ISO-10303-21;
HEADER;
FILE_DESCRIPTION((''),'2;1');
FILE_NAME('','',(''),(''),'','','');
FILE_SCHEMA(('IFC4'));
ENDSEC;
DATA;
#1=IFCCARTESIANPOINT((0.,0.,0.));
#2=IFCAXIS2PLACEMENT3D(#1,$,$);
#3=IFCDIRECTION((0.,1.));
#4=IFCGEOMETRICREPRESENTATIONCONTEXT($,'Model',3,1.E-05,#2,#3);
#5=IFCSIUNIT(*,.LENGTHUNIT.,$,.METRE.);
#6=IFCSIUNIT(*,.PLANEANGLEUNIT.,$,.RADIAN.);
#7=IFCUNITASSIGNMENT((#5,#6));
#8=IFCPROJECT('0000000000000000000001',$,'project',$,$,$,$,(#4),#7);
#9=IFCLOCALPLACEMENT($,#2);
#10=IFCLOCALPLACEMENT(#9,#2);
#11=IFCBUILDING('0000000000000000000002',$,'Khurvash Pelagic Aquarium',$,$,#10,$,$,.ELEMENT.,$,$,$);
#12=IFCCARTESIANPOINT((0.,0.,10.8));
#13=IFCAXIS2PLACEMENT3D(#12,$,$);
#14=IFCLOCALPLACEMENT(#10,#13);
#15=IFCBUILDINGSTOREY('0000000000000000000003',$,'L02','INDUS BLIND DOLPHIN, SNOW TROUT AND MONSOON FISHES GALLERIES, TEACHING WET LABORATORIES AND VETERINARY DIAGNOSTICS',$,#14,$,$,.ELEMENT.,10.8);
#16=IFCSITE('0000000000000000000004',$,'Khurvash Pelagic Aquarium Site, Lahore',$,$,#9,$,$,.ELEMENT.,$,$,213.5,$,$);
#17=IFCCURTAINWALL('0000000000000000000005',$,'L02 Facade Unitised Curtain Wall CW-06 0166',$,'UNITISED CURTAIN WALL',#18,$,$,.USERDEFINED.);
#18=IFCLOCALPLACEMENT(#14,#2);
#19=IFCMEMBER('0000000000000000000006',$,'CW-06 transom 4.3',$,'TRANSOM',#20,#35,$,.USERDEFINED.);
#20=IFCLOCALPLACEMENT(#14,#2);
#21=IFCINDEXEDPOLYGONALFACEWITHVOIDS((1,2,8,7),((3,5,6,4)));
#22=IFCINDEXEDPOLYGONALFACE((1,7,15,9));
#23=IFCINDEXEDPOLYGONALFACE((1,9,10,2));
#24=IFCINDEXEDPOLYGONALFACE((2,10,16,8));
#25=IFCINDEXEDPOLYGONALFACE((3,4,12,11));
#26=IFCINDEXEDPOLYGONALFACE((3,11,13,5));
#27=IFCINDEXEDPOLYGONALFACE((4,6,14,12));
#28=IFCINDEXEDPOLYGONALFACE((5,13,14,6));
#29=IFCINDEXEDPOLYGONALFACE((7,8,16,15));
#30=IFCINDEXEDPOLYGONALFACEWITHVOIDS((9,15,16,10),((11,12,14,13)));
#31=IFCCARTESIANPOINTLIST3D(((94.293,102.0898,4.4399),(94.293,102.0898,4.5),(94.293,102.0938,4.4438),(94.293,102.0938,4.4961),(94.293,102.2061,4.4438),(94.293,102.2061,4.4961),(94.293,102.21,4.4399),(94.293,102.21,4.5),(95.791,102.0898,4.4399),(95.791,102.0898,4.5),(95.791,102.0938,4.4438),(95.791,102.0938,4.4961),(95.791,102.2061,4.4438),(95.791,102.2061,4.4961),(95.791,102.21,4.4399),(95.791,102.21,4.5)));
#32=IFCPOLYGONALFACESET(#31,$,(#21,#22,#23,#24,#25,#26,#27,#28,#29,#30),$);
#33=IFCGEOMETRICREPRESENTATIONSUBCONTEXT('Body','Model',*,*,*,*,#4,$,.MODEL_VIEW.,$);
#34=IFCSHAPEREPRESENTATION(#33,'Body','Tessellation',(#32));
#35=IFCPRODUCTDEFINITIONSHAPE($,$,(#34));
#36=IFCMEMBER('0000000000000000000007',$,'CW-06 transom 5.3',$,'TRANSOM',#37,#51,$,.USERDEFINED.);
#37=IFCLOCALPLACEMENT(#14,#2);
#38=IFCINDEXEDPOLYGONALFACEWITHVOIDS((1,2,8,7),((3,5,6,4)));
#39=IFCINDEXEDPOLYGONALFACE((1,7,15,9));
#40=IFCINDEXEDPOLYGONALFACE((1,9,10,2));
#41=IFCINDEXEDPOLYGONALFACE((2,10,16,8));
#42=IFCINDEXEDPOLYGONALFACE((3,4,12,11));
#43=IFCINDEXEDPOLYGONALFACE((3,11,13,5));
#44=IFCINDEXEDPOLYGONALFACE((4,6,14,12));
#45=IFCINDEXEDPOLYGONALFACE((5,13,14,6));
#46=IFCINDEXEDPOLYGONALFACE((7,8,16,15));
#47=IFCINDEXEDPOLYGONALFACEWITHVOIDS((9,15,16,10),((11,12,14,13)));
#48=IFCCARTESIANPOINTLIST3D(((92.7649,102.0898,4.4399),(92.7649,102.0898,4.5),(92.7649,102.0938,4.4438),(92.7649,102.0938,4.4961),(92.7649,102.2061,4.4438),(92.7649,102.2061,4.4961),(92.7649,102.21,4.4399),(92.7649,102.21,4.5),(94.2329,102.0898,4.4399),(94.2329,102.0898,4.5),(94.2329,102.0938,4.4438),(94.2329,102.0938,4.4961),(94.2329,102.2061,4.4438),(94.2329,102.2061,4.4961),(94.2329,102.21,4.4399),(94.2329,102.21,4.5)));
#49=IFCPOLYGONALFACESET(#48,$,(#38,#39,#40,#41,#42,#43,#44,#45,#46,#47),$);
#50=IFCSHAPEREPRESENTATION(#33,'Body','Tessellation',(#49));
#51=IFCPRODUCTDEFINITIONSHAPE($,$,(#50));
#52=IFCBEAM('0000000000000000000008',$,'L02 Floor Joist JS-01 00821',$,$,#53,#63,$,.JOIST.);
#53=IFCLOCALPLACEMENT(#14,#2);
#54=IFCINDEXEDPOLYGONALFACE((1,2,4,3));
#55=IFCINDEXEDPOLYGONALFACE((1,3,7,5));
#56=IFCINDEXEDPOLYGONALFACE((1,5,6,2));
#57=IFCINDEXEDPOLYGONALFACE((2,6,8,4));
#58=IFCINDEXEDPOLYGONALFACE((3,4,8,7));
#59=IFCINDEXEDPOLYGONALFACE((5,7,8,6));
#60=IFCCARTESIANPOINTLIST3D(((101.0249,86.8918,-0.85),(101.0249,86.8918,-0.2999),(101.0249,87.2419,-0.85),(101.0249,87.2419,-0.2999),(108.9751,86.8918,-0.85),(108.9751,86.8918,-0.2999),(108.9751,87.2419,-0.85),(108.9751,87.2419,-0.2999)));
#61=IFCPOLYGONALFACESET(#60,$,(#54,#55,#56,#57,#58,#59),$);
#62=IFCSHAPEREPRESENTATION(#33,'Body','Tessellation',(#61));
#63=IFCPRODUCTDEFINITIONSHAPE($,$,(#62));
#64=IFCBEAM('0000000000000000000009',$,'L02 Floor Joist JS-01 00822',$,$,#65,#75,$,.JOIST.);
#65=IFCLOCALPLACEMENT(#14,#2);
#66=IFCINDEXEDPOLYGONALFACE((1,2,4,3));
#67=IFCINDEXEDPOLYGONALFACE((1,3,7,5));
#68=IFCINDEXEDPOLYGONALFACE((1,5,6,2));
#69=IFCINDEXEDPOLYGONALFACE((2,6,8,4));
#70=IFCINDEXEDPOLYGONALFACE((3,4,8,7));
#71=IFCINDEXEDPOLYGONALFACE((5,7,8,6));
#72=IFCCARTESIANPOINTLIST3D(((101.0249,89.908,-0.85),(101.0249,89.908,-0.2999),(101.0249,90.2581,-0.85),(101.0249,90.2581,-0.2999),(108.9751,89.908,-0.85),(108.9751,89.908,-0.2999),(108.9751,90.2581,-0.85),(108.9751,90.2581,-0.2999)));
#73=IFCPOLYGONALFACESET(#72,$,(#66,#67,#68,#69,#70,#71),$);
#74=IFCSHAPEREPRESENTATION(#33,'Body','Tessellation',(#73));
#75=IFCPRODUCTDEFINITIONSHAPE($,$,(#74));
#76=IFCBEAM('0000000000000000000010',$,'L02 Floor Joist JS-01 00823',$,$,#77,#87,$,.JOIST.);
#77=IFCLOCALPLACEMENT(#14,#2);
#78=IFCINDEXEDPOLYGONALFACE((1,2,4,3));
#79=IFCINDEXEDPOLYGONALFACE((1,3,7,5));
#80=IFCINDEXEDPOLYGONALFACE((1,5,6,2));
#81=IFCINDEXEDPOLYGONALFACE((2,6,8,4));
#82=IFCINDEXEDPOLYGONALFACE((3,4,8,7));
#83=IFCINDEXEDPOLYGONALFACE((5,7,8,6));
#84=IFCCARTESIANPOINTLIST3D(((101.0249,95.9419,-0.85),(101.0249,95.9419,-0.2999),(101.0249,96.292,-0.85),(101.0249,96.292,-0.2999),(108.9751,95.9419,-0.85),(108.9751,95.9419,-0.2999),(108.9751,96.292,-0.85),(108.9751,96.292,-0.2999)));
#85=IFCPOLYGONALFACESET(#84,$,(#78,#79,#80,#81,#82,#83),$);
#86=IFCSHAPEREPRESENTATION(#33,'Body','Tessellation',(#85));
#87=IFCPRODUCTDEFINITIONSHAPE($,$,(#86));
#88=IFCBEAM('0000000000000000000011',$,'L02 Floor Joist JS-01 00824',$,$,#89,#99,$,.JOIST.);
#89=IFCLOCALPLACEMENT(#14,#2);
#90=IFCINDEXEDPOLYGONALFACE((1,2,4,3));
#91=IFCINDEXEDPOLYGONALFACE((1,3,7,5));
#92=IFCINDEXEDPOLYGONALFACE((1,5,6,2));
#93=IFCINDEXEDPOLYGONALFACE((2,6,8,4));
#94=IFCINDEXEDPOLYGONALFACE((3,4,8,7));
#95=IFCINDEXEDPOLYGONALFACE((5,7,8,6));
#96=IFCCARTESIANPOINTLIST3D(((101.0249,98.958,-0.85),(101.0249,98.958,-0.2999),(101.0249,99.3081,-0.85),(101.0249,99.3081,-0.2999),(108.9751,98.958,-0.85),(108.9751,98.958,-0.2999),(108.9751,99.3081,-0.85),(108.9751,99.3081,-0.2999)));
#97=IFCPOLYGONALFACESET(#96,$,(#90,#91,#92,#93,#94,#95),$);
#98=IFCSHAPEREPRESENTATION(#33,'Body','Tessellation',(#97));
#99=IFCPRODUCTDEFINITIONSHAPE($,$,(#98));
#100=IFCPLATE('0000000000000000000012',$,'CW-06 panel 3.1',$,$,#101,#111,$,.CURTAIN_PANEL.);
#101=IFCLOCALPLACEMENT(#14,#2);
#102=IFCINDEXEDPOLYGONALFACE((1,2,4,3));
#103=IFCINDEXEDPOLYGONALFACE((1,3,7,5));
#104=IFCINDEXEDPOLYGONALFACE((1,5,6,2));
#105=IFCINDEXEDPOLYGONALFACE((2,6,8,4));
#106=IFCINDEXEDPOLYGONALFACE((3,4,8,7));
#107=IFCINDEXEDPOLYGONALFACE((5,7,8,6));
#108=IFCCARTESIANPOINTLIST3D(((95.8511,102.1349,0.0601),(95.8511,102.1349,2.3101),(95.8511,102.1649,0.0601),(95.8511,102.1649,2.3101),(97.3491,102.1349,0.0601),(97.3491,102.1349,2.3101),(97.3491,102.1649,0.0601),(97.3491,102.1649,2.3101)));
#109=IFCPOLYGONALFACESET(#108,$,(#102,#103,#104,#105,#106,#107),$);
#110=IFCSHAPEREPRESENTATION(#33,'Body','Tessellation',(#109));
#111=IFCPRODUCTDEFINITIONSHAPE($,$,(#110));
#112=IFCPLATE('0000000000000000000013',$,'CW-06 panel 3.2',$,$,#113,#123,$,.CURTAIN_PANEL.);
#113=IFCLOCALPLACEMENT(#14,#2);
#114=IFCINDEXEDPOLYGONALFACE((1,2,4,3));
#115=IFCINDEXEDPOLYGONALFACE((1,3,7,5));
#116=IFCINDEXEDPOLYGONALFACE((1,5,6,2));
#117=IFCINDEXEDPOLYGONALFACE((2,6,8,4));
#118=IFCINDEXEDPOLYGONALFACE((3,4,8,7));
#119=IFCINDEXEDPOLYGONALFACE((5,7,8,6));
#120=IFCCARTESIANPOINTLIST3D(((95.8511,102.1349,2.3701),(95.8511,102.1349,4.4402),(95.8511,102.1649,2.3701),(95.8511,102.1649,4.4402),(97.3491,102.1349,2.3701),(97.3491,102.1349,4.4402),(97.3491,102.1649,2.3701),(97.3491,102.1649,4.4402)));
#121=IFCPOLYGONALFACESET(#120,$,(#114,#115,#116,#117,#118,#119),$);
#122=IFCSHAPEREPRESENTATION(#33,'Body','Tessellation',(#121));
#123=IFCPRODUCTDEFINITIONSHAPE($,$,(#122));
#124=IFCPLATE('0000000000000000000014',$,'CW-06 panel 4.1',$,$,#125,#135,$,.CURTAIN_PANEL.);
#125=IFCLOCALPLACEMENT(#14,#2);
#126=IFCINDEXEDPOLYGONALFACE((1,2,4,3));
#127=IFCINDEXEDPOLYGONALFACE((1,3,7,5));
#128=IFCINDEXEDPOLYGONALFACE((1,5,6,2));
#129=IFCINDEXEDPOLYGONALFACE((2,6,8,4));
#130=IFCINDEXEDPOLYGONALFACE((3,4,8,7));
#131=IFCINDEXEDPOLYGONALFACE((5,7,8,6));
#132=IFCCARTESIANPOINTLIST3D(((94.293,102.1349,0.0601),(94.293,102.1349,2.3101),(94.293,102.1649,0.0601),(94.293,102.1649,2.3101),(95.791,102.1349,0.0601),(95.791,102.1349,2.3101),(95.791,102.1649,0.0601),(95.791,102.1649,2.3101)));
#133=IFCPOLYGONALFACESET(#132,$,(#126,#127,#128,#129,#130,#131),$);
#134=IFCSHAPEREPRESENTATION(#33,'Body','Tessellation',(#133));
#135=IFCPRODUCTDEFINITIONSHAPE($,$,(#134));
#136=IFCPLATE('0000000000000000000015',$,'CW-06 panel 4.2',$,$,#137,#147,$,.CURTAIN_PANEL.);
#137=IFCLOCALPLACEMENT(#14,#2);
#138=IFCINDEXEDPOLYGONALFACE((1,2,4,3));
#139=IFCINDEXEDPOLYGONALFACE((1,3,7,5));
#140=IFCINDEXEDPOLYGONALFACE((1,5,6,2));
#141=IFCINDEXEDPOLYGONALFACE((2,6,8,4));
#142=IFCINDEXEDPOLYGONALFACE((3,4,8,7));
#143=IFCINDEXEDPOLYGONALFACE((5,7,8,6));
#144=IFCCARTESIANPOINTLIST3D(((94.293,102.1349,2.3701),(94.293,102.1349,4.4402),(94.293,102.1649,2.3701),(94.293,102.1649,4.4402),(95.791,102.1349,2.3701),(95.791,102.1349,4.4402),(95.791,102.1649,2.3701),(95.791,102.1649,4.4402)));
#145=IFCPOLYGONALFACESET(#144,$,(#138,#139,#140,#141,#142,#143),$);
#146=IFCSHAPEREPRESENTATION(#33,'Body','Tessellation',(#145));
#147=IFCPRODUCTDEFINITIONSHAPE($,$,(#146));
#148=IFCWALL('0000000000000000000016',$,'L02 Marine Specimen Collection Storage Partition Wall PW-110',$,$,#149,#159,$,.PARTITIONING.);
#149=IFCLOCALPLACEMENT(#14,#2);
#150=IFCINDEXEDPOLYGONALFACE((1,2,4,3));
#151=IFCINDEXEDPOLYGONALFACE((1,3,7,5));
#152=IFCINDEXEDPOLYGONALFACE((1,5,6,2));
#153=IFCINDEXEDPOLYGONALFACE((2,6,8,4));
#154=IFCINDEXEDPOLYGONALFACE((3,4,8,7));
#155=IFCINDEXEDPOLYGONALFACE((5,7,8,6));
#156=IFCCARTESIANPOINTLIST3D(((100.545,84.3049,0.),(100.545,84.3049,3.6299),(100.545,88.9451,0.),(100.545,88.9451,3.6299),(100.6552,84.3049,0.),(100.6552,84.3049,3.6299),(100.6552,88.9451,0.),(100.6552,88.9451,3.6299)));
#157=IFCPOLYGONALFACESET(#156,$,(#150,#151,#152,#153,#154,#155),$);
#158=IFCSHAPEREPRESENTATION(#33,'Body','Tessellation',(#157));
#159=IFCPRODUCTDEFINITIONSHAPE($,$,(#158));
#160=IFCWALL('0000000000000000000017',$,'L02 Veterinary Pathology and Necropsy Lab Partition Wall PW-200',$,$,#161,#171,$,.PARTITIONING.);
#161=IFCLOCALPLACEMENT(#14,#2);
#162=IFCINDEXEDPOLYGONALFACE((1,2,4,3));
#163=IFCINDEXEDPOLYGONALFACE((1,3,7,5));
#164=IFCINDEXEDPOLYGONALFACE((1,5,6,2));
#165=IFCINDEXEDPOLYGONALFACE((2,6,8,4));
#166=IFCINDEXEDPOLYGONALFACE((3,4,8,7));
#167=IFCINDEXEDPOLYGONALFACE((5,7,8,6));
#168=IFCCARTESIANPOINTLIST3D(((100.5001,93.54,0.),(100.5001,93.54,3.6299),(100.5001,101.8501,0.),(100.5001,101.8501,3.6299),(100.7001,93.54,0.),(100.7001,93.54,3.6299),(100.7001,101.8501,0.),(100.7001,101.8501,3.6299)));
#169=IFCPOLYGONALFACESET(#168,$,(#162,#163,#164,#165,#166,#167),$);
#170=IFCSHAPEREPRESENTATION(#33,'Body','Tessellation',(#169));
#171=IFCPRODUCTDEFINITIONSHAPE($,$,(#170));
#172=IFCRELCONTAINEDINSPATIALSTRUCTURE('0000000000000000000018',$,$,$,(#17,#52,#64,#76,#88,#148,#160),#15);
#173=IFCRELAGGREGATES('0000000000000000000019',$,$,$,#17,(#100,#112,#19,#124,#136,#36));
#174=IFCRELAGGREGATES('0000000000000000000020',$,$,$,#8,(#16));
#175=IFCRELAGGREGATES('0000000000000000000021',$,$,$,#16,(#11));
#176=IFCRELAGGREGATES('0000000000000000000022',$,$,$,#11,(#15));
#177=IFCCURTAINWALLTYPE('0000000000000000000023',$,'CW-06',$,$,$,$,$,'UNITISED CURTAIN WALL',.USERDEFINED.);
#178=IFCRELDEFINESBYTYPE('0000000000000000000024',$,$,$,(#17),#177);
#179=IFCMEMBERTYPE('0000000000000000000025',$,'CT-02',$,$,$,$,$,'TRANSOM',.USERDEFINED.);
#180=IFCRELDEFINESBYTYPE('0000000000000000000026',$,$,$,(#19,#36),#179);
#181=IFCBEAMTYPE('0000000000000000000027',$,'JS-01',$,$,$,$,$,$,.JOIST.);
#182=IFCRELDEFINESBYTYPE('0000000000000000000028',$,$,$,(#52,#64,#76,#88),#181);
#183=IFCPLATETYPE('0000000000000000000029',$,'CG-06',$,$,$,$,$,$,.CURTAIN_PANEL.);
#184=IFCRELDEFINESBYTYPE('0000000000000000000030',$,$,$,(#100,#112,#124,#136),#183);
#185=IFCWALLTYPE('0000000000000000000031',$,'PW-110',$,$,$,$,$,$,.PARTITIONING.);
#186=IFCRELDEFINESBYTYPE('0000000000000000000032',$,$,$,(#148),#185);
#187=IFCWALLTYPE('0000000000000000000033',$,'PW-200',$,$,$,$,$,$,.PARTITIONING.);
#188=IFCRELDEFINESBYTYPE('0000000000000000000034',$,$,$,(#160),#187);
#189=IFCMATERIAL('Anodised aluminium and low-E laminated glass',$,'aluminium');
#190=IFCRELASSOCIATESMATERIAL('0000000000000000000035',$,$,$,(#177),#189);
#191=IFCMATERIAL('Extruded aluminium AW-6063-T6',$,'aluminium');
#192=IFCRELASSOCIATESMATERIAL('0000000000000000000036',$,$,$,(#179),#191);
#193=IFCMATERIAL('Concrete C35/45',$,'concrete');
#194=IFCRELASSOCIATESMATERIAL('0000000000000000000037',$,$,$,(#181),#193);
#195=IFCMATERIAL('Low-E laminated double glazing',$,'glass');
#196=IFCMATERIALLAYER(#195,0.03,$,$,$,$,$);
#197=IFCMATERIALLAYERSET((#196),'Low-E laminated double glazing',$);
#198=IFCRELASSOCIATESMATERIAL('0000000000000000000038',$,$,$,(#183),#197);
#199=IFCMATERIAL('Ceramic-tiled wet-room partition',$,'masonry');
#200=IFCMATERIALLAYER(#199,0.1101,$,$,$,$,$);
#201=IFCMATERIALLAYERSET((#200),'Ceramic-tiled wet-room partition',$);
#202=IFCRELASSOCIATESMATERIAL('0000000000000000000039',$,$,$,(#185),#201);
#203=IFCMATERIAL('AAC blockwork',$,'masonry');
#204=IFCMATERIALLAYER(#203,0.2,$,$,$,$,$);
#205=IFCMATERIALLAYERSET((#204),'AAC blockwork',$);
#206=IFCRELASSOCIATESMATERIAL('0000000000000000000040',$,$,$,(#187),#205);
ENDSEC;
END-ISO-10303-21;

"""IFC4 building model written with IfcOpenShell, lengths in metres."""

from ifc_helpers import new_model, si_unit, direction, frame, frame_2d, origin, origin_2d, place, context, subcontext, project, spatial, rectangle, hollow_rectangle, extrude, material, layer, layer_set, material_profile, profile_set, type_object, element, aggregate, save


model = new_model("IFC4")

# Units and contexts
model_context = context("Model", 3, precision=1e-05, world=origin(), true_north=direction((0.0, 1.0)))
body_context = subcontext(model_context, "Body", "Model", "MODEL_VIEW")
ifc_project = project(units=[si_unit("LENGTHUNIT", "METRE"), si_unit("PLANEANGLEUNIT", "RADIAN")], contexts=[model_context])

# Site, building, storey
site_placement = place(None, origin())
site = spatial("IfcSite", under=ifc_project, at=site_placement, Name="Khurvash Pelagic Aquarium Site, Lahore", CompositionType="ELEMENT", RefElevation=213.5)
building_placement = place(site_placement, origin())
building = spatial("IfcBuilding", under=site, at=building_placement, Name="Khurvash Pelagic Aquarium", CompositionType="ELEMENT")
storey_placement = place(building_placement, frame((0.0, 0.0, 10.8)))
storey = spatial("IfcBuildingStorey", under=building, at=storey_placement, Name="L02", Description="INDUS BLIND DOLPHIN, SNOW TROUT AND MONSOON FISHES GALLERIES, TEACHING WET LABORATORIES AND VETERINARY DIAGNOSTICS", CompositionType="ELEMENT", Elevation=10.8)

# Shared definitions
ifc_material_1 = material(Name="Concrete C35/45", Category="concrete")

# Curtain wall, members
ifc_material_2 = material(Name="Anodised aluminium and low-E laminated glass", Category="aluminium")
curtain_wall_type = type_object("IfcCurtainWallType", Name="CW-06", ElementType="UNITISED CURTAIN WALL", PredefinedType="USERDEFINED", material=ifc_material_2)
curtain_wall_placement = place(storey_placement, origin())
curtain_wall = element("IfcCurtainWall", 1, at=curtain_wall_placement, inside=storey, type_object=curtain_wall_type, Name="L02 Facade Unitised Curtain Wall CW-06 0166", ObjectType="UNITISED CURTAIN WALL", PredefinedType="USERDEFINED")
ifc_material_3 = material(Name="Extruded aluminium AW-6063-T6", Category="aluminium")
ifc_material_profile_1 = material_profile(ifc_material_3, hollow_rectangle(XDim=0.1201, YDim=0.0601, WallThickness=0.0039, at=origin_2d()), Name="CWT120X60X4")
ifc_profile_set_1 = profile_set([ifc_material_profile_1], Name="Extruded aluminium AW-6063-T6")
member_type_1 = type_object("IfcMemberType", Name="CT-02", ElementType="TRANSOM", PredefinedType="USERDEFINED", material=ifc_profile_set_1)
member_1_placement = place(storey_placement, frame((95.791, 102.1499, 4.47), z_axis=(-1.0, 0.0, 0.0), x_axis=(0.0, -1.0, 0.0)))
member_1 = element("IfcMember", 2, at=member_1_placement, type_object=member_type_1, Name="CW-06 transom 4.3", ObjectType="TRANSOM", PredefinedType="USERDEFINED", context=body_context, shape_type="SweptSolid", body=[
    extrude(hollow_rectangle(XDim=0.1201, YDim=0.0601, WallThickness=0.0039, at=origin_2d()), origin(), (0.0, 0.0, 1.0), 1.498),
])
member_2_placement = place(storey_placement, frame((94.2329, 102.1499, 4.47), z_axis=(-1.0, 0.0, 0.0), x_axis=(0.0, -1.0, 0.0)))
member_2 = element("IfcMember", 3, at=member_2_placement, type_object=member_type_1, Name="CW-06 transom 5.3", ObjectType="TRANSOM", PredefinedType="USERDEFINED", context=body_context, shape_type="SweptSolid", body=[
    extrude(hollow_rectangle(XDim=0.1201, YDim=0.0601, WallThickness=0.0039, at=origin_2d()), origin(), (0.0, 0.0, 1.0), 1.468),
])

# Beams
ifc_material_profile_2 = material_profile(ifc_material_1, rectangle(XDim=0.3501, YDim=0.55, at=origin_2d()), Name="RC350X550")
ifc_profile_set_2 = profile_set([ifc_material_profile_2], Name="Concrete C35/45")
beam_type_1 = type_object("IfcBeamType", Name="JS-01", PredefinedType="JOIST", material=ifc_profile_set_2)
for number, where, z_axis, x_axis, name in (
    (4, (101.0249, 87.0669, -0.575), (1.0, 0.0, 0.0), (0.0, 1.0, 0.0), "L02 Floor Joist JS-01 00821"),
    (5, (101.0249, 90.083, -0.575), (1.0, 0.0, 0.0), (0.0, 1.0, 0.0), "L02 Floor Joist JS-01 00822"),
    (6, (101.0249, 96.1169, -0.575), (1.0, 0.0, 0.0), (0.0, 1.0, 0.0), "L02 Floor Joist JS-01 00823"),
    (7, (101.0249, 99.1331, -0.575), (1.0, 0.0, 0.0), (0.0, 1.0, 0.0), "L02 Floor Joist JS-01 00824"),
):
    element("IfcBeam", number, at=place(storey_placement, frame(where, z_axis=z_axis, x_axis=x_axis)), inside=storey, type_object=beam_type_1, Name=name, PredefinedType="JOIST", context=body_context, shape_type="SweptSolid", body=[
        extrude(rectangle(XDim=0.3501, YDim=0.55, at=origin_2d()), origin(), (0.0, 0.0, 1.0), 7.9502),
    ])

# Plates
ifc_material_4 = material(Name="Low-E laminated double glazing", Category="glass")
ifc_layer_1 = layer(ifc_material_4, 0.03)
ifc_layer_set_1 = layer_set([ifc_layer_1], Name="Low-E laminated double glazing")
plate_type = type_object("IfcPlateType", Name="CG-06", PredefinedType="CURTAIN_PANEL", material=ifc_layer_set_1)
plate_1_placement = place(storey_placement, frame((96.6001, 102.1499, 0.0601), z_axis=(0.0, 0.0, 1.0), x_axis=(-1.0, 0.0, 0.0)))
plate_1 = element("IfcPlate", 8, at=plate_1_placement, type_object=plate_type, Name="CW-06 panel 3.1", PredefinedType="CURTAIN_PANEL", context=body_context, shape_type="SweptSolid", body=[
    extrude(rectangle(XDim=1.498, YDim=0.03, at=origin_2d()), origin(), (0.0, 0.0, 1.0), 2.25),
])
plate_2_placement = place(storey_placement, frame((96.6001, 102.1499, 2.3701), z_axis=(0.0, 0.0, 1.0), x_axis=(-1.0, 0.0, 0.0)))
plate_2 = element("IfcPlate", 9, at=plate_2_placement, type_object=plate_type, Name="CW-06 panel 3.2", PredefinedType="CURTAIN_PANEL", context=body_context, shape_type="SweptSolid", body=[
    extrude(rectangle(XDim=1.498, YDim=0.03, at=origin_2d()), origin(), (0.0, 0.0, 1.0), 2.0701),
])
plate_3_placement = place(storey_placement, frame((95.042, 102.1499, 0.0601), z_axis=(0.0, 0.0, 1.0), x_axis=(-1.0, 0.0, 0.0)))
plate_3 = element("IfcPlate", 10, at=plate_3_placement, type_object=plate_type, Name="CW-06 panel 4.1", PredefinedType="CURTAIN_PANEL", context=body_context, shape_type="SweptSolid", body=[
    extrude(rectangle(XDim=1.498, YDim=0.03, at=origin_2d()), origin(), (0.0, 0.0, 1.0), 2.25),
])
plate_4_placement = place(storey_placement, frame((95.042, 102.1499, 2.3701), z_axis=(0.0, 0.0, 1.0), x_axis=(-1.0, 0.0, 0.0)))
plate_4 = element("IfcPlate", 11, at=plate_4_placement, type_object=plate_type, Name="CW-06 panel 4.2", PredefinedType="CURTAIN_PANEL", context=body_context, shape_type="SweptSolid", body=[
    extrude(rectangle(XDim=1.498, YDim=0.03, at=origin_2d()), origin(), (0.0, 0.0, 1.0), 2.0701),
])
aggregate(curtain_wall, [plate_1, plate_2, member_1, plate_3, plate_4, member_2])

# Walls
ifc_material_5 = material(Name="Ceramic-tiled wet-room partition", Category="masonry")
ifc_layer_2 = layer(ifc_material_5, 0.1101)
ifc_layer_set_2 = layer_set([ifc_layer_2], Name="Ceramic-tiled wet-room partition")
wall_type_1 = type_object("IfcWallType", Name="PW-110", PredefinedType="PARTITIONING", material=ifc_layer_set_2)
wall_1_placement = place(storey_placement, frame((100.6001, 84.3049, 0.0), z_axis=(0.0, 0.0, 1.0), x_axis=(0.0, 1.0, 0.0)))
element("IfcWall", 12, at=wall_1_placement, inside=storey, type_object=wall_type_1, Name="L02 Marine Specimen Collection Storage Partition Wall PW-110", PredefinedType="PARTITIONING", context=body_context, shape_type="SweptSolid", body=[
    extrude(rectangle(XDim=4.6401, YDim=0.1101, at=frame_2d((2.3201, 0.0))), origin(), (0.0, 0.0, 1.0), 3.6299),
])
ifc_material_6 = material(Name="AAC blockwork", Category="masonry")
ifc_layer_3 = layer(ifc_material_6, 0.2)
ifc_layer_set_3 = layer_set([ifc_layer_3], Name="AAC blockwork")
wall_type_2 = type_object("IfcWallType", Name="PW-200", PredefinedType="PARTITIONING", material=ifc_layer_set_3)
wall_2_placement = place(storey_placement, frame((100.6001, 93.54, 0.0), z_axis=(0.0, 0.0, 1.0), x_axis=(0.0, 1.0, 0.0)))
element("IfcWall", 13, at=wall_2_placement, inside=storey, type_object=wall_type_2, Name="L02 Veterinary Pathology and Necropsy Lab Partition Wall PW-200", PredefinedType="PARTITIONING", context=body_context, shape_type="SweptSolid", body=[
    extrude(rectangle(XDim=8.3101, YDim=0.2, at=frame_2d((4.155, 0.0))), origin(), (0.0, 0.0, 1.0), 3.6299),
])

save(model, "model.ifc")
